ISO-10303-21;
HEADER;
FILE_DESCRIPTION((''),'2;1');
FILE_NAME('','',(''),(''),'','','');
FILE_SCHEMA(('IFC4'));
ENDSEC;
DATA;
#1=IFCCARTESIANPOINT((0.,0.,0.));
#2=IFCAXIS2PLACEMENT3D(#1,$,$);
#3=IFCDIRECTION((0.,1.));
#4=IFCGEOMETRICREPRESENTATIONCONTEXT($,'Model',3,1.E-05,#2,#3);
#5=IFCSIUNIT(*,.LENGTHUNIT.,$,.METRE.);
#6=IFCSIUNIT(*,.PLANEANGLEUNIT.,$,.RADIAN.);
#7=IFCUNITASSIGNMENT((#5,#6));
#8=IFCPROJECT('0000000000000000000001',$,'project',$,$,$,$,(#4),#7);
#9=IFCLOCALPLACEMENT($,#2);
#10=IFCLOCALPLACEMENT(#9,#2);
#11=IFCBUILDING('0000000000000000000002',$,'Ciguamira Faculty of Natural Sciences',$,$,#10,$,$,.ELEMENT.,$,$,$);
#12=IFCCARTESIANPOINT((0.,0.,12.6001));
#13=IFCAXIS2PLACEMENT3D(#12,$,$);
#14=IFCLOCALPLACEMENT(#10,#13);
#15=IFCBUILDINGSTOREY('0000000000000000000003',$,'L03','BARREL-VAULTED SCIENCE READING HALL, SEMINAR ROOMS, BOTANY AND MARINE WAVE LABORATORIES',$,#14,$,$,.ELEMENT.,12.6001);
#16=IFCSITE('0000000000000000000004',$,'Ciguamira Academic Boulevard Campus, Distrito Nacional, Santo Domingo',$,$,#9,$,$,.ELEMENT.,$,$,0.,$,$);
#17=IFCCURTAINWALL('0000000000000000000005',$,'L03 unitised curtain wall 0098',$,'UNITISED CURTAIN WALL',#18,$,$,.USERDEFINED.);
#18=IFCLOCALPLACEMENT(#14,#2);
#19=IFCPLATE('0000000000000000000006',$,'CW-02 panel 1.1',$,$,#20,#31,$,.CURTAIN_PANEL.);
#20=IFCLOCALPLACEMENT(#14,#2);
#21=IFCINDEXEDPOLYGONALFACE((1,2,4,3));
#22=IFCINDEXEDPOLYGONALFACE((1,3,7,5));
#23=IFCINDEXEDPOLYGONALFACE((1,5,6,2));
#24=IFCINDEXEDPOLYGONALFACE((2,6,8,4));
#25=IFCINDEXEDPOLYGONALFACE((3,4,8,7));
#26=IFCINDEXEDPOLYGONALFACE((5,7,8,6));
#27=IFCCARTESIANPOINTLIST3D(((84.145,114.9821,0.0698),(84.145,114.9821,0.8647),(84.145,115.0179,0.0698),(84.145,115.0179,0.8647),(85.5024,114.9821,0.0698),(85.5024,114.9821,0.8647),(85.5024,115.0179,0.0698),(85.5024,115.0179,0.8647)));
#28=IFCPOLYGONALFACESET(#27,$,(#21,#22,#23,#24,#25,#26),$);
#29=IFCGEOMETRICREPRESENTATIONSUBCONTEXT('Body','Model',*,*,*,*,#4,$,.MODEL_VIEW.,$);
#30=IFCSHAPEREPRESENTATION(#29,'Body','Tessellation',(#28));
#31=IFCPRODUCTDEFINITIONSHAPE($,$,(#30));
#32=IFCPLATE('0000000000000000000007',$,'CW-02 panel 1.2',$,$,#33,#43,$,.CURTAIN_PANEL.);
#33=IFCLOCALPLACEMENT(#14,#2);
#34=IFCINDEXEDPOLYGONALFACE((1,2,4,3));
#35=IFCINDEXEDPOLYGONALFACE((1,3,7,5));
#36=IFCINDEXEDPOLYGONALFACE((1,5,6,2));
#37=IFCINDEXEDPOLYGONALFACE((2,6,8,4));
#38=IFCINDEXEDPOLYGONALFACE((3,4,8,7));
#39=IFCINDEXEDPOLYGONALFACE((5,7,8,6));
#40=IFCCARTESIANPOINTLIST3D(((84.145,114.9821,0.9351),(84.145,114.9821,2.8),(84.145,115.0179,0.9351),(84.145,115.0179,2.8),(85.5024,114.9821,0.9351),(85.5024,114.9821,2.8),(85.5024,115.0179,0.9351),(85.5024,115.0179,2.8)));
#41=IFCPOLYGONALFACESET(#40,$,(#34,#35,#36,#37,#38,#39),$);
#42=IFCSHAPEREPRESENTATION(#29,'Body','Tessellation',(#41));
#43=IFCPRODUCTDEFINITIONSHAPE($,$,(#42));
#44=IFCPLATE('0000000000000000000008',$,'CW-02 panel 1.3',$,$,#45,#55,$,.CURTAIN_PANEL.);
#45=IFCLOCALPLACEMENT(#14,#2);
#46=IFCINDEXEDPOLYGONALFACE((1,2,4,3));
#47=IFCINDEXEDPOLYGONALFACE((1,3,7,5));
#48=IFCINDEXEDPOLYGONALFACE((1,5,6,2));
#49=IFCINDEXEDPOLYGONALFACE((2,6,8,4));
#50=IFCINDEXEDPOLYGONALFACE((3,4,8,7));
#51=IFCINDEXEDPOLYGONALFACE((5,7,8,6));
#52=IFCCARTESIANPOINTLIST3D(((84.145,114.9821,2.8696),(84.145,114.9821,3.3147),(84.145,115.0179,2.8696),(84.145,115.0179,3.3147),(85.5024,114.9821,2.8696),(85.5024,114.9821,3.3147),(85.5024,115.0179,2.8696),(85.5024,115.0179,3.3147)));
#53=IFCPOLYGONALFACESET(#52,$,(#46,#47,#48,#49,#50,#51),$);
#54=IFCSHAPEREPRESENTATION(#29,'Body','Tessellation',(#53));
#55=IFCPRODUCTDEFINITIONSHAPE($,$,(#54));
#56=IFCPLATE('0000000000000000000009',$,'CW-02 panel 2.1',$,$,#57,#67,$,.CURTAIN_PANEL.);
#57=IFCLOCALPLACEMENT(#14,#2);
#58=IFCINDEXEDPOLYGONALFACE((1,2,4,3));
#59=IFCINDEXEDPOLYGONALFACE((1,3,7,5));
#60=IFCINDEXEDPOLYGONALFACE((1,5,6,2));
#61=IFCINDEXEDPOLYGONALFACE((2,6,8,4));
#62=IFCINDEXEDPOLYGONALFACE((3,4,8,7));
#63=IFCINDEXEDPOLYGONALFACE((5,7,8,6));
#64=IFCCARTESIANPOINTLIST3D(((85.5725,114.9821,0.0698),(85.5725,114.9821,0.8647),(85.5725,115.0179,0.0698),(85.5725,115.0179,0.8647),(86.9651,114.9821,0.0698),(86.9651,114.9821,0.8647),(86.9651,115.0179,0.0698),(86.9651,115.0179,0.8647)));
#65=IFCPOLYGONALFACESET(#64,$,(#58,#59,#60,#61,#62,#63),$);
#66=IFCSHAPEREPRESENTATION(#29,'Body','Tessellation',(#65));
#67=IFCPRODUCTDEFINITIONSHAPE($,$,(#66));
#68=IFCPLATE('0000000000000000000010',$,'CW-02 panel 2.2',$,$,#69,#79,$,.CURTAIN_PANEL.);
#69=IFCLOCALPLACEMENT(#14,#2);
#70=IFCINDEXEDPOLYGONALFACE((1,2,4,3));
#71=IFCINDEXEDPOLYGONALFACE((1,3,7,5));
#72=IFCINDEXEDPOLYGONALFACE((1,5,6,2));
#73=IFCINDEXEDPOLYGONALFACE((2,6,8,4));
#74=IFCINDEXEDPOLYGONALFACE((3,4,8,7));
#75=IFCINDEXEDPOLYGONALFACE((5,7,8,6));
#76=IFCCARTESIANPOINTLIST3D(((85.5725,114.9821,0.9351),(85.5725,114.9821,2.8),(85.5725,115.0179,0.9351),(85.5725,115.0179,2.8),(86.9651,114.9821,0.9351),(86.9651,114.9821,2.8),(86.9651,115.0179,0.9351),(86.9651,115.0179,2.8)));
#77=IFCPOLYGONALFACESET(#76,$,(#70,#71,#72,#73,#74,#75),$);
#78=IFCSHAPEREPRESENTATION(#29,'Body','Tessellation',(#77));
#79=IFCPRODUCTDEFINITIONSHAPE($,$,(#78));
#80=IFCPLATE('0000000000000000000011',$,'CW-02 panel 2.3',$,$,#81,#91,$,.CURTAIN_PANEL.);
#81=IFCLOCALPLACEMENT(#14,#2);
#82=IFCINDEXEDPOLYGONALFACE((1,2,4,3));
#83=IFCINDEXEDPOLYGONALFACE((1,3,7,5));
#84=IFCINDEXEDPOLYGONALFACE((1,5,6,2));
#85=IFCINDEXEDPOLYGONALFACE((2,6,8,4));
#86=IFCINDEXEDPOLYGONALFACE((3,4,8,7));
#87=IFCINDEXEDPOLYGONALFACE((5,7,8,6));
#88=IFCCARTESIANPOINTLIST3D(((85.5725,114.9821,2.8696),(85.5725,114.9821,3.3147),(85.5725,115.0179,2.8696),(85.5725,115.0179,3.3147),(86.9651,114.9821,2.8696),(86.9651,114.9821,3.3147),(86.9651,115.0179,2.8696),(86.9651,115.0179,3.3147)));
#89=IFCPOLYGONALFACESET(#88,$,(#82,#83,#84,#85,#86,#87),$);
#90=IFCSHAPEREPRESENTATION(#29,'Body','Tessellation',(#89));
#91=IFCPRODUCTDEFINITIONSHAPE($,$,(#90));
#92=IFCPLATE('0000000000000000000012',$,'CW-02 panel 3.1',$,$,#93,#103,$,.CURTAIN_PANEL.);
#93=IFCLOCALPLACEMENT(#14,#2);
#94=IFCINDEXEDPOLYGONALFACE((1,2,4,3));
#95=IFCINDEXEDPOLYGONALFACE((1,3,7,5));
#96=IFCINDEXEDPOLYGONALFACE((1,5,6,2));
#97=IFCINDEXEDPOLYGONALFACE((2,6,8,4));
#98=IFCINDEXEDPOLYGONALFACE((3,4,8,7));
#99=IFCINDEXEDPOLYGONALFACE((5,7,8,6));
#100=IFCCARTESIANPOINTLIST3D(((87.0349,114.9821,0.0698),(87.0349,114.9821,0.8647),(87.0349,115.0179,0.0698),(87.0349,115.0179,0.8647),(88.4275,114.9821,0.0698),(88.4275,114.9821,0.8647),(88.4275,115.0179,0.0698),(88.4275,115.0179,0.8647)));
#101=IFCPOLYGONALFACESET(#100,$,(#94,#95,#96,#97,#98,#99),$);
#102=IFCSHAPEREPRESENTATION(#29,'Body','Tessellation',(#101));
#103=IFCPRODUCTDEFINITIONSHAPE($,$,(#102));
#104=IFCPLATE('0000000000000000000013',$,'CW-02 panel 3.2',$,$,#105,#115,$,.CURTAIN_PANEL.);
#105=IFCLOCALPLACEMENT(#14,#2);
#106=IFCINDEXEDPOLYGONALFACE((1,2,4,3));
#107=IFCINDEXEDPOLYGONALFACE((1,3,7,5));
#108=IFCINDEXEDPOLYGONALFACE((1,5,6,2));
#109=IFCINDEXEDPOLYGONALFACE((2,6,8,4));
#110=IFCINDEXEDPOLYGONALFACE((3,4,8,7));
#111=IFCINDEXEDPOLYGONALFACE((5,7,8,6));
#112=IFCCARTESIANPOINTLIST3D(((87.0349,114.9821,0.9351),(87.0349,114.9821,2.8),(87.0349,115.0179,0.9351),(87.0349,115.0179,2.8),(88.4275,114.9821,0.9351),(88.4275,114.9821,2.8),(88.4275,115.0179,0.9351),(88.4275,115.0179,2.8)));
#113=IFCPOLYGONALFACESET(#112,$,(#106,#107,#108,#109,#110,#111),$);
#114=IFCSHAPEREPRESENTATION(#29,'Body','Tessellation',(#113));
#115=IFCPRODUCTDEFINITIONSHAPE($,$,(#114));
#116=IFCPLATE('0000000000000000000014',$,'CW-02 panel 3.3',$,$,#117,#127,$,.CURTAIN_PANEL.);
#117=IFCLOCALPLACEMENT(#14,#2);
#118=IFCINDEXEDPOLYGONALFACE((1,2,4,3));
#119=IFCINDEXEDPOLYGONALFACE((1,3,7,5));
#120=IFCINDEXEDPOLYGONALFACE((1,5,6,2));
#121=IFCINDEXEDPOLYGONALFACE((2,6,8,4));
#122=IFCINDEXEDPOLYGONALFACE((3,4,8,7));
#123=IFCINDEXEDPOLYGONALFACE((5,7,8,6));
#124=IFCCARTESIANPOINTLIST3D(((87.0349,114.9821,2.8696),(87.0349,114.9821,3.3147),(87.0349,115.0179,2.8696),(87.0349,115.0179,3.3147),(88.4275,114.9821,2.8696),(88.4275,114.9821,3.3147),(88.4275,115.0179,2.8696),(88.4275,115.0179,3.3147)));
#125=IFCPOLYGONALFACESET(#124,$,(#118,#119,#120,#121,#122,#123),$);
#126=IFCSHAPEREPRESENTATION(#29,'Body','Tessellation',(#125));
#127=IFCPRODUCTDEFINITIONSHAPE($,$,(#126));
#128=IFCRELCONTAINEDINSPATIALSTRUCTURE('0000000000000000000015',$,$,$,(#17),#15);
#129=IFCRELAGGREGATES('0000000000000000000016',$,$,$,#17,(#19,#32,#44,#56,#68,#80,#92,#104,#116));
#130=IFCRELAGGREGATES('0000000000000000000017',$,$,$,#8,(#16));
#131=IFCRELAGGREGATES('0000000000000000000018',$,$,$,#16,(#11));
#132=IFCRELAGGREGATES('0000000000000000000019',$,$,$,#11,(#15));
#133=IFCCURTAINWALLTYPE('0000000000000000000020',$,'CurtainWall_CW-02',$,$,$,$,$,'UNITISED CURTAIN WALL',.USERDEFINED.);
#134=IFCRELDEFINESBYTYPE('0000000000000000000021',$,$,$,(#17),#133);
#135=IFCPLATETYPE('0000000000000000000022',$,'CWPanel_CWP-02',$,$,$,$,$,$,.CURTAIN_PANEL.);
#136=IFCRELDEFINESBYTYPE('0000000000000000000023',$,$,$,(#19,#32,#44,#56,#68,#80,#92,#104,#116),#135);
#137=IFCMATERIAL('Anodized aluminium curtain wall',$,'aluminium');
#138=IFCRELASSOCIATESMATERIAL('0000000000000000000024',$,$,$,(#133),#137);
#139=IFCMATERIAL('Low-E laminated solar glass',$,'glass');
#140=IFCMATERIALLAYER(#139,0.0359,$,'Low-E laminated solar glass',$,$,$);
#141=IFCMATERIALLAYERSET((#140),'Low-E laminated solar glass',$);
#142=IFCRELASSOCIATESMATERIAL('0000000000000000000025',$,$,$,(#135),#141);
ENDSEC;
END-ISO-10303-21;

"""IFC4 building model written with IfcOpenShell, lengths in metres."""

from ifc_helpers import new_model, si_unit, direction, frame, origin, origin_2d, place, context, subcontext, project, spatial, rectangle, extrude, material, layer, layer_set, type_object, element, aggregate, save


model = new_model("IFC4")

# Units and contexts
model_context = context("Model", 3, precision=1e-05, world=origin(), true_north=direction((0.0, 1.0)))
body_context = subcontext(model_context, "Body", "Model", "MODEL_VIEW")
ifc_project = project(units=[si_unit("LENGTHUNIT", "METRE"), si_unit("PLANEANGLEUNIT", "RADIAN")], contexts=[model_context])

# Site, building, storey
site_placement = place(None, origin())
site = spatial("IfcSite", under=ifc_project, at=site_placement, Name="Ciguamira Academic Boulevard Campus, Distrito Nacional, Santo Domingo", CompositionType="ELEMENT", RefElevation=0.0)
building_placement = place(site_placement, origin())
building = spatial("IfcBuilding", under=site, at=building_placement, Name="Ciguamira Faculty of Natural Sciences", CompositionType="ELEMENT")
storey_placement = place(building_placement, frame((0.0, 0.0, 12.6001)))
storey = spatial("IfcBuildingStorey", under=building, at=storey_placement, Name="L03", Description="BARREL-VAULTED SCIENCE READING HALL, SEMINAR ROOMS, BOTANY AND MARINE WAVE LABORATORIES", CompositionType="ELEMENT", Elevation=12.6001)

# Curtain wall
ifc_material_1 = material(Name="Anodized aluminium curtain wall", Category="aluminium")
curtain_wall_type = type_object("IfcCurtainWallType", Name="CurtainWall_CW-02", ElementType="UNITISED CURTAIN WALL", PredefinedType="USERDEFINED", material=ifc_material_1)
curtain_wall_placement = place(storey_placement, origin())
curtain_wall = element("IfcCurtainWall", 1, at=curtain_wall_placement, inside=storey, type_object=curtain_wall_type, Name="L03 unitised curtain wall 0098", ObjectType="UNITISED CURTAIN WALL", PredefinedType="USERDEFINED")

# Plates
ifc_material_2 = material(Name="Low-E laminated solar glass", Category="glass")
ifc_layer = layer(ifc_material_2, 0.0359, Name="Low-E laminated solar glass")
ifc_layer_set = layer_set([ifc_layer], Name="Low-E laminated solar glass")
plate_type = type_object("IfcPlateType", Name="CWPanel_CWP-02", PredefinedType="CURTAIN_PANEL", material=ifc_layer_set)
plate_1_placement = place(storey_placement, frame((84.8237, 115.0, 0.0698), z_axis=(0.0, 0.0, 1.0), x_axis=(1.0, 0.0, 0.0)))
plate_1 = element("IfcPlate", 2, at=plate_1_placement, type_object=plate_type, Name="CW-02 panel 1.1", PredefinedType="CURTAIN_PANEL", context=body_context, shape_type="SweptSolid", body=[
    extrude(rectangle(XDim=1.3574, YDim=0.0359, at=origin_2d()), origin(), (0.0, 0.0, 1.0), 0.7949),
])
plate_2_placement = place(storey_placement, frame((84.8237, 115.0, 0.9351), z_axis=(0.0, 0.0, 1.0), x_axis=(1.0, 0.0, 0.0)))
plate_2 = element("IfcPlate", 3, at=plate_2_placement, type_object=plate_type, Name="CW-02 panel 1.2", PredefinedType="CURTAIN_PANEL", context=body_context, shape_type="SweptSolid", body=[
    extrude(rectangle(XDim=1.3574, YDim=0.0359, at=origin_2d()), origin(), (0.0, 0.0, 1.0), 1.865),
])
plate_3_placement = place(storey_placement, frame((84.8237, 115.0, 2.8696), z_axis=(0.0, 0.0, 1.0), x_axis=(1.0, 0.0, 0.0)))
plate_3 = element("IfcPlate", 4, at=plate_3_placement, type_object=plate_type, Name="CW-02 panel 1.3", PredefinedType="CURTAIN_PANEL", context=body_context, shape_type="SweptSolid", body=[
    extrude(rectangle(XDim=1.3574, YDim=0.0359, at=origin_2d()), origin(), (0.0, 0.0, 1.0), 0.4451),
])
plate_4_placement = place(storey_placement, frame((86.2688, 115.0, 0.0698), z_axis=(0.0, 0.0, 1.0), x_axis=(1.0, 0.0, 0.0)))
plate_4 = element("IfcPlate", 5, at=plate_4_placement, type_object=plate_type, Name="CW-02 panel 2.1", PredefinedType="CURTAIN_PANEL", context=body_context, shape_type="SweptSolid", body=[
    extrude(rectangle(XDim=1.3926, YDim=0.0359, at=origin_2d()), origin(), (0.0, 0.0, 1.0), 0.7949),
])
plate_5_placement = place(storey_placement, frame((86.2688, 115.0, 0.9351), z_axis=(0.0, 0.0, 1.0), x_axis=(1.0, 0.0, 0.0)))
plate_5 = element("IfcPlate", 6, at=plate_5_placement, type_object=plate_type, Name="CW-02 panel 2.2", PredefinedType="CURTAIN_PANEL", context=body_context, shape_type="SweptSolid", body=[
    extrude(rectangle(XDim=1.3926, YDim=0.0359, at=origin_2d()), origin(), (0.0, 0.0, 1.0), 1.865),
])
plate_6_placement = place(storey_placement, frame((86.2688, 115.0, 2.8696), z_axis=(0.0, 0.0, 1.0), x_axis=(1.0, 0.0, 0.0)))
plate_6 = element("IfcPlate", 7, at=plate_6_placement, type_object=plate_type, Name="CW-02 panel 2.3", PredefinedType="CURTAIN_PANEL", context=body_context, shape_type="SweptSolid", body=[
    extrude(rectangle(XDim=1.3926, YDim=0.0359, at=origin_2d()), origin(), (0.0, 0.0, 1.0), 0.4451),
])
plate_7_placement = place(storey_placement, frame((87.7312, 115.0, 0.0698), z_axis=(0.0, 0.0, 1.0), x_axis=(1.0, 0.0, 0.0)))
plate_7 = element("IfcPlate", 8, at=plate_7_placement, type_object=plate_type, Name="CW-02 panel 3.1", PredefinedType="CURTAIN_PANEL", context=body_context, shape_type="SweptSolid", body=[
    extrude(rectangle(XDim=1.3926, YDim=0.0359, at=origin_2d()), origin(), (0.0, 0.0, 1.0), 0.7949),
])
plate_8_placement = place(storey_placement, frame((87.7312, 115.0, 0.9351), z_axis=(0.0, 0.0, 1.0), x_axis=(1.0, 0.0, 0.0)))
plate_8 = element("IfcPlate", 9, at=plate_8_placement, type_object=plate_type, Name="CW-02 panel 3.2", PredefinedType="CURTAIN_PANEL", context=body_context, shape_type="SweptSolid", body=[
    extrude(rectangle(XDim=1.3926, YDim=0.0359, at=origin_2d()), origin(), (0.0, 0.0, 1.0), 1.865),
])
plate_9_placement = place(storey_placement, frame((87.7312, 115.0, 2.8696), z_axis=(0.0, 0.0, 1.0), x_axis=(1.0, 0.0, 0.0)))
plate_9 = element("IfcPlate", 10, at=plate_9_placement, type_object=plate_type, Name="CW-02 panel 3.3", PredefinedType="CURTAIN_PANEL", context=body_context, shape_type="SweptSolid", body=[
    extrude(rectangle(XDim=1.3926, YDim=0.0359, at=origin_2d()), origin(), (0.0, 0.0, 1.0), 0.4451),
])
aggregate(curtain_wall, [plate_1, plate_2, plate_3, plate_4, plate_5, plate_6, plate_7, plate_8, plate_9])

save(model, "model.ifc")
